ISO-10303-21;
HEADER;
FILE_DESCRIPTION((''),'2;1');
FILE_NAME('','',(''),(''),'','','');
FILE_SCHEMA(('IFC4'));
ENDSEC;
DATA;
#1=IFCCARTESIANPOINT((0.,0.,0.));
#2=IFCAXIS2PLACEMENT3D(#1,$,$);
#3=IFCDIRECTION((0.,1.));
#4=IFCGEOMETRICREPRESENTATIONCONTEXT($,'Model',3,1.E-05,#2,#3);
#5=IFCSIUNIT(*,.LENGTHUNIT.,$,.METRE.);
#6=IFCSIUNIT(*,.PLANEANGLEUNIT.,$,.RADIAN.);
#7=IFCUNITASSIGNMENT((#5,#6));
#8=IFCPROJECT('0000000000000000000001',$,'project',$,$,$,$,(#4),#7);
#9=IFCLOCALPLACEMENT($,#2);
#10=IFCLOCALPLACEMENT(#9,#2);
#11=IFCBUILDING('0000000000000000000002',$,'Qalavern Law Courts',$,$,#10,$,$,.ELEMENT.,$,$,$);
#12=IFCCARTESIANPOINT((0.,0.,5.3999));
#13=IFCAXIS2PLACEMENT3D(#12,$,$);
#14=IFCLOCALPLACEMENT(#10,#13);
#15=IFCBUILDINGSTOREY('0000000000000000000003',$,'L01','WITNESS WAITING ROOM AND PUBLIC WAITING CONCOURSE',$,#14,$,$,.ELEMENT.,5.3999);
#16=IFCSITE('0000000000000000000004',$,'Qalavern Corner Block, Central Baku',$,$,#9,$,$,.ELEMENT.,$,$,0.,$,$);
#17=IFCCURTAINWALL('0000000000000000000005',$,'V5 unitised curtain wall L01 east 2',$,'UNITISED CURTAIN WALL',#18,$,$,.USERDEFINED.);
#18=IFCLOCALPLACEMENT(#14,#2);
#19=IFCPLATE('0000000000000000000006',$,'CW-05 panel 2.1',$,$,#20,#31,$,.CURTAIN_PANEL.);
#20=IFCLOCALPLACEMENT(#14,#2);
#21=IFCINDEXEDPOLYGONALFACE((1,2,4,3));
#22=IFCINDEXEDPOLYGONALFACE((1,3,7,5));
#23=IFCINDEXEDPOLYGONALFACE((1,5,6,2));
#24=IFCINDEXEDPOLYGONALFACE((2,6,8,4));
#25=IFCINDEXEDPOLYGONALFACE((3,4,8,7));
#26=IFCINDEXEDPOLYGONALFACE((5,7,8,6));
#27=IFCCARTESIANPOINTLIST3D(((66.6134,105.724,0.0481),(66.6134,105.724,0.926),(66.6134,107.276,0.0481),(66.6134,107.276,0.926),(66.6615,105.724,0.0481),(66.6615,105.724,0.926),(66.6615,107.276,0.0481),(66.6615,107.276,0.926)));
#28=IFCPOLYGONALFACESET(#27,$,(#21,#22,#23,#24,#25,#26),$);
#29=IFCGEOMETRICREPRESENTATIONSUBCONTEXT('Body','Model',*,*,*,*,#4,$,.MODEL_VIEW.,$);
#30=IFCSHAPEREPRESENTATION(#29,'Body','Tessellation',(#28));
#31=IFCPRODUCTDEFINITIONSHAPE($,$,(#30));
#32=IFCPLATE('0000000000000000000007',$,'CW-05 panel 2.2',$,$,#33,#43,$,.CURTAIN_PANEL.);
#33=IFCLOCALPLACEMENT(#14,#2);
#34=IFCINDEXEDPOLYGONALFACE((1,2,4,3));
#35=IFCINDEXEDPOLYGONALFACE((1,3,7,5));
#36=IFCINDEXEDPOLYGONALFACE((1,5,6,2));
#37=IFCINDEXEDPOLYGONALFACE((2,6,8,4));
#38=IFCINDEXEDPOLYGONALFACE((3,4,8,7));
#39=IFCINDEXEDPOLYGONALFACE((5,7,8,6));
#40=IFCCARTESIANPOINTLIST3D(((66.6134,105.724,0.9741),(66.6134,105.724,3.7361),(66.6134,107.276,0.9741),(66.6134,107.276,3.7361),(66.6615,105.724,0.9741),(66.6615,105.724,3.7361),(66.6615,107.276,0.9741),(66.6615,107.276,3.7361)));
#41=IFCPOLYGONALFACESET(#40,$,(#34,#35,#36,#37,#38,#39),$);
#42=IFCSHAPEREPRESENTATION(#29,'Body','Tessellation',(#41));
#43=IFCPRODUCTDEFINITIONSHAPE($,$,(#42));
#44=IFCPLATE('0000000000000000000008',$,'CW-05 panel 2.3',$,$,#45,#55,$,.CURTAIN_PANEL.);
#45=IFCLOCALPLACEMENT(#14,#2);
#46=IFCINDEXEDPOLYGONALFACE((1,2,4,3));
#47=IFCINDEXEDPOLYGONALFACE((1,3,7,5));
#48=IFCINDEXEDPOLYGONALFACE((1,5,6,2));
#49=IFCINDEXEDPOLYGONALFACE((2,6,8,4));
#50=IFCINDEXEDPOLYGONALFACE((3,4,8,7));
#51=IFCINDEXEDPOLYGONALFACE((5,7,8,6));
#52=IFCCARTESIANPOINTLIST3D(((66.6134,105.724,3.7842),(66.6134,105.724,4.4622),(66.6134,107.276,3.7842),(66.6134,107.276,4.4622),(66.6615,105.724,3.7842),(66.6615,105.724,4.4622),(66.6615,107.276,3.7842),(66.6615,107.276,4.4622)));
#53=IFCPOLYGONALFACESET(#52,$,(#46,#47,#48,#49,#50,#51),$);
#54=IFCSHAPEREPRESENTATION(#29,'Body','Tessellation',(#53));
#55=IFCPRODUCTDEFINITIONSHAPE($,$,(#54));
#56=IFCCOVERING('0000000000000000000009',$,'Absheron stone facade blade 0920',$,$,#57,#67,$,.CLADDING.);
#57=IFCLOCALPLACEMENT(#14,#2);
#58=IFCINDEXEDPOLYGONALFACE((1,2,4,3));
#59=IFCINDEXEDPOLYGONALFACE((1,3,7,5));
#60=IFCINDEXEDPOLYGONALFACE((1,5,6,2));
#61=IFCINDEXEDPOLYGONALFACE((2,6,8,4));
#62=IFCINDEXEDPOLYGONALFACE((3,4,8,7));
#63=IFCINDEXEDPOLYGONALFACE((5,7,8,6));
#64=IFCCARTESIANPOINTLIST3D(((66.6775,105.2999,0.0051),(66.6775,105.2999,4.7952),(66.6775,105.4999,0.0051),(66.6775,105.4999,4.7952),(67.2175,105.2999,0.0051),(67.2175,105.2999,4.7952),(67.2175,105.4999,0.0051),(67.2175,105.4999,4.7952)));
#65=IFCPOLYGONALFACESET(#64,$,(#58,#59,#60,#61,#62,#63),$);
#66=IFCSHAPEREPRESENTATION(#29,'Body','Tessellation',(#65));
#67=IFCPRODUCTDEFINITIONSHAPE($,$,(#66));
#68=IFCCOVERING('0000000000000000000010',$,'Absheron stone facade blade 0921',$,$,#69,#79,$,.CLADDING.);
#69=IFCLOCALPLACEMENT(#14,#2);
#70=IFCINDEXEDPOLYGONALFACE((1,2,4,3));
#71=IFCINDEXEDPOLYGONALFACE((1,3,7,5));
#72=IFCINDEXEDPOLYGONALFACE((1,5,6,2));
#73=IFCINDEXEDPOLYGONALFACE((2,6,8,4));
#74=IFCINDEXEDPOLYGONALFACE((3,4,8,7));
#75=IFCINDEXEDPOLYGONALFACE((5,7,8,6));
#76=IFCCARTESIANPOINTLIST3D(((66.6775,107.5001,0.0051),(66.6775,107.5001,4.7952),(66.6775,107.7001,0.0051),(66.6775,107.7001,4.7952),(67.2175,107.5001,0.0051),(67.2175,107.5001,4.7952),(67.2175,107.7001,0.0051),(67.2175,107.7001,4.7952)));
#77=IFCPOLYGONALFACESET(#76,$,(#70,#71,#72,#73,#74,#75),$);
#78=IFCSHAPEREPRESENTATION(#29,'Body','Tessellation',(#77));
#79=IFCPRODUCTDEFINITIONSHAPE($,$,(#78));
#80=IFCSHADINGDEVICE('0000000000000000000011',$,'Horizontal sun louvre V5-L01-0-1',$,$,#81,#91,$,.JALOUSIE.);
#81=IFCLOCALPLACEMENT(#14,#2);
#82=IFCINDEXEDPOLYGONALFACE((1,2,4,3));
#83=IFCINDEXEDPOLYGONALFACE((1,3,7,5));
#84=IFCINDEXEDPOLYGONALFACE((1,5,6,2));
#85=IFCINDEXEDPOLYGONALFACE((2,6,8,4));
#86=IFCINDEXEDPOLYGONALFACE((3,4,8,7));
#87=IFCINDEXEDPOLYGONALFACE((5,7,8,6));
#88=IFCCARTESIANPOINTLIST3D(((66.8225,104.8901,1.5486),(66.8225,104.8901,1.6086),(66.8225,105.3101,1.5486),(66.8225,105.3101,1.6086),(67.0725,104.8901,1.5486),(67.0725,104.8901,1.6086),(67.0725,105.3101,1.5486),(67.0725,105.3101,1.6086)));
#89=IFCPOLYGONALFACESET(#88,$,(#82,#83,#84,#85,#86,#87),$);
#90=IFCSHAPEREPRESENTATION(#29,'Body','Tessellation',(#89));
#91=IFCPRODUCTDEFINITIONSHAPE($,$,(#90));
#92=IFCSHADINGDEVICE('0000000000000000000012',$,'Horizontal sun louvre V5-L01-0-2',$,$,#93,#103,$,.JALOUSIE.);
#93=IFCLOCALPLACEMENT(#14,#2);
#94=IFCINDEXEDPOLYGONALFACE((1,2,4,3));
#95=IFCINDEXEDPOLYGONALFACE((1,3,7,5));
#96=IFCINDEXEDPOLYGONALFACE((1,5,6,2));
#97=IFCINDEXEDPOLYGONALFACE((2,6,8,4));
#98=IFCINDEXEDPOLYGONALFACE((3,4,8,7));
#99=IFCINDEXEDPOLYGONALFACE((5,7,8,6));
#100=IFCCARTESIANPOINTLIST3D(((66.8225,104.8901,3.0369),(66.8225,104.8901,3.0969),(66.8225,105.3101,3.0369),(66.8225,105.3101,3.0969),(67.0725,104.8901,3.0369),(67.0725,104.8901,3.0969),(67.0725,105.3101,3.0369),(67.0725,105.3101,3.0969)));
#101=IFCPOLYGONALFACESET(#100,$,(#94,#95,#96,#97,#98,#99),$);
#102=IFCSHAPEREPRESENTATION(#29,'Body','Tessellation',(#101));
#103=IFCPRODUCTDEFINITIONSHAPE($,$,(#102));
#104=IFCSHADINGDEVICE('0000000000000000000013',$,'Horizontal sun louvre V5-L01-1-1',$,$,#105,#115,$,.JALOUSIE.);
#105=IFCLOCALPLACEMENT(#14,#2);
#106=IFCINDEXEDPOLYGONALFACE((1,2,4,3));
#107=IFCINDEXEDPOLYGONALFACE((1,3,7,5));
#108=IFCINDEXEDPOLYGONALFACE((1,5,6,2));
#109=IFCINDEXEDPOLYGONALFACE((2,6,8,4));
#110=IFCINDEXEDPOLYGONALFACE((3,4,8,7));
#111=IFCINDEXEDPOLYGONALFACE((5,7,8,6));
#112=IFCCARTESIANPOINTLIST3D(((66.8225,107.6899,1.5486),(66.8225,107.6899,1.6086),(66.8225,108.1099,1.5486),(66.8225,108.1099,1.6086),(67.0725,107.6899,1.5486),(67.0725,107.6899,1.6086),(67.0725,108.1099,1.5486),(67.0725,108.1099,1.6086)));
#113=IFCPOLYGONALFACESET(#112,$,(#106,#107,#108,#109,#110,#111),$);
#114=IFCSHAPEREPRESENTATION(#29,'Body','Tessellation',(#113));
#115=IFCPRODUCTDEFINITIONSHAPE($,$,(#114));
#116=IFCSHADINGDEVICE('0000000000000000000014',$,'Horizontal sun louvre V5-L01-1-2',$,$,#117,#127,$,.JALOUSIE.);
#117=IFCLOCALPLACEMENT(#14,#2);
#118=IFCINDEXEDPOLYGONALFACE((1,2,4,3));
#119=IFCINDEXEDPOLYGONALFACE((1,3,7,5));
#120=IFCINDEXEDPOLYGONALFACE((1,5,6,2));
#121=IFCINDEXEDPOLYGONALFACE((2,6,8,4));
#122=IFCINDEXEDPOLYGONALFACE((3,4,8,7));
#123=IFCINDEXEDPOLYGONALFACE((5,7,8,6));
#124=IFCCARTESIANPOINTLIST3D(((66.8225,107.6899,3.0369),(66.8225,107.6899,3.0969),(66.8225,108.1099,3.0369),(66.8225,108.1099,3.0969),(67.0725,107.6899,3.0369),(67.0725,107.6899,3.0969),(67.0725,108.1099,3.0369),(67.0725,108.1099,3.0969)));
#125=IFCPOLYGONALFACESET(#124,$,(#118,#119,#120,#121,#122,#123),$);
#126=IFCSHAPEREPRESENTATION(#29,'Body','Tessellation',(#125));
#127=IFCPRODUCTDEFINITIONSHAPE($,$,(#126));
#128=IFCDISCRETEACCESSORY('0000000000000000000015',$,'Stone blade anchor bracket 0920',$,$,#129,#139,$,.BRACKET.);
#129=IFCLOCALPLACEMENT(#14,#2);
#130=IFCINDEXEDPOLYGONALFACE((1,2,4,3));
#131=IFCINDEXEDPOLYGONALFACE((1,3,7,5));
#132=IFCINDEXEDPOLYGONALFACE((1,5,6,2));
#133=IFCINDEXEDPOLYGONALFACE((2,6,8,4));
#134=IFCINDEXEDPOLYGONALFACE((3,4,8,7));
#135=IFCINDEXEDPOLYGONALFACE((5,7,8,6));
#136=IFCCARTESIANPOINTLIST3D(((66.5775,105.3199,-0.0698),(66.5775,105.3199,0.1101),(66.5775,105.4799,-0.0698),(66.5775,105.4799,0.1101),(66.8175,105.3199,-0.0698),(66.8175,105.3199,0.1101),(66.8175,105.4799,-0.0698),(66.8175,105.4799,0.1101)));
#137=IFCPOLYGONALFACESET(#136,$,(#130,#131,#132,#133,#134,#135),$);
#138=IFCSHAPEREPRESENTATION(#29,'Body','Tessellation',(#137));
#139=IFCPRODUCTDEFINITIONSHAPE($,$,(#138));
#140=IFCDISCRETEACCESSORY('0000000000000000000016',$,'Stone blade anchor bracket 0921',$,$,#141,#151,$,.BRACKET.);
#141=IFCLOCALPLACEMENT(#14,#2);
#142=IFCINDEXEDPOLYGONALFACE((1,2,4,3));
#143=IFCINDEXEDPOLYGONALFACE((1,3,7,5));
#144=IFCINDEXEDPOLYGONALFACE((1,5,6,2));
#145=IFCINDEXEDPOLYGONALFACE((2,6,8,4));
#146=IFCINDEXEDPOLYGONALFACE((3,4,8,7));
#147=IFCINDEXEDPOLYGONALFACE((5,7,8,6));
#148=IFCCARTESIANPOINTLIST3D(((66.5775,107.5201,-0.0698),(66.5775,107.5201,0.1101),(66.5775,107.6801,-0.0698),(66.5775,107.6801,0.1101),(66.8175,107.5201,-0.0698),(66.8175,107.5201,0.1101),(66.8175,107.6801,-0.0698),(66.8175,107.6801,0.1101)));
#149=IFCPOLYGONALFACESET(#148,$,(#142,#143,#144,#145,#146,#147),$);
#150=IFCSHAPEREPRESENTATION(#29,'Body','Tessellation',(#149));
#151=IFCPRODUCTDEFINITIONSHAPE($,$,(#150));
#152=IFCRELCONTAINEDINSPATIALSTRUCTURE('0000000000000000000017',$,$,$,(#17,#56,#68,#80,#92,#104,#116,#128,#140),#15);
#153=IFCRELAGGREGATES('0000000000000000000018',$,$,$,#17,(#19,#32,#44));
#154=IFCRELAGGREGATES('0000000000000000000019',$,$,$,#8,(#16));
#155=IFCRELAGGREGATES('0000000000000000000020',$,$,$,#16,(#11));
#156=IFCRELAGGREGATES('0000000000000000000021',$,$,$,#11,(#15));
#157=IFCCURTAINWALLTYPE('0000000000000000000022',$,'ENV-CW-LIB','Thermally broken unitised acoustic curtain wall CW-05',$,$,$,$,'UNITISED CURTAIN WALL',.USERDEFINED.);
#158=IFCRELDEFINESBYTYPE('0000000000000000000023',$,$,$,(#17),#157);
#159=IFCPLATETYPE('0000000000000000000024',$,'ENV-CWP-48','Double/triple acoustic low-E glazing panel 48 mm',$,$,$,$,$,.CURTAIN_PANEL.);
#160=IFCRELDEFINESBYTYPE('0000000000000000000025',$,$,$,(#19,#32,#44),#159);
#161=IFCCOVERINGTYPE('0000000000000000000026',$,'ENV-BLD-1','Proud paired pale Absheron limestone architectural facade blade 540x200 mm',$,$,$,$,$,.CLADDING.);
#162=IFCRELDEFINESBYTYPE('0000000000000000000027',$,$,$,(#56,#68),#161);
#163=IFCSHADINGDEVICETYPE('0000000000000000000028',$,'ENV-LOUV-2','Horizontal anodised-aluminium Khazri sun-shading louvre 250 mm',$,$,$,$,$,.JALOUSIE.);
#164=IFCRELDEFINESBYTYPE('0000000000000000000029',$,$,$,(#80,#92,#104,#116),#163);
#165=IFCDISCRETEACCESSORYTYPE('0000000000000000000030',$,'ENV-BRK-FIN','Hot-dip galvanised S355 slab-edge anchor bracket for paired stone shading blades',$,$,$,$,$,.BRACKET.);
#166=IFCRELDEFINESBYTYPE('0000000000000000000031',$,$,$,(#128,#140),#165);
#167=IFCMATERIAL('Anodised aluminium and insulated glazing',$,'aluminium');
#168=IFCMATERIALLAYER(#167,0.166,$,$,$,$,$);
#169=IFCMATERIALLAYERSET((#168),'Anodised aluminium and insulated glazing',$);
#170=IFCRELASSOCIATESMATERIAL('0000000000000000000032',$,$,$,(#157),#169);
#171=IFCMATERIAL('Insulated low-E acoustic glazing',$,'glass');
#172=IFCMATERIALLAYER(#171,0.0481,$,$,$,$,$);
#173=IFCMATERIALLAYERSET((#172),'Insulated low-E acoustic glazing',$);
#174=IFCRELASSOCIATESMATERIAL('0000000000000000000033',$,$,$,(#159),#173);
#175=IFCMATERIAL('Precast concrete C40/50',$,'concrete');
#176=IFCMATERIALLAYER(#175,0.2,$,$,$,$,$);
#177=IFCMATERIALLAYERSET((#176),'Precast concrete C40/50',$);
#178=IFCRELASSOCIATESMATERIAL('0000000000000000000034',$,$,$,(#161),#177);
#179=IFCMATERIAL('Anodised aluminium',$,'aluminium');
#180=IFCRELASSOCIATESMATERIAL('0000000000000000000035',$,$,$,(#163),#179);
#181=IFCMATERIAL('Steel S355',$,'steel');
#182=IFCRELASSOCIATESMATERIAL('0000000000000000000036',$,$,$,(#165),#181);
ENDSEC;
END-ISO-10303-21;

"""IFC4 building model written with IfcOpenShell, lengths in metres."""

from ifc_helpers import new_model, si_unit, direction, frame, origin, origin_2d, place, context, subcontext, project, spatial, rectangle, extrude, material, layer, layer_set, type_object, element, aggregate, save


model = new_model("IFC4")

# Units and contexts
model_context = context("Model", 3, precision=1e-05, world=origin(), true_north=direction((0.0, 1.0)))
body_context = subcontext(model_context, "Body", "Model", "MODEL_VIEW")
ifc_project = project(units=[si_unit("LENGTHUNIT", "METRE"), si_unit("PLANEANGLEUNIT", "RADIAN")], contexts=[model_context])

# Site, building, storey
site_placement = place(None, origin())
site = spatial("IfcSite", under=ifc_project, at=site_placement, Name="Qalavern Corner Block, Central Baku", CompositionType="ELEMENT", RefElevation=0.0)
building_placement = place(site_placement, origin())
building = spatial("IfcBuilding", under=site, at=building_placement, Name="Qalavern Law Courts", CompositionType="ELEMENT")
storey_placement = place(building_placement, frame((0.0, 0.0, 5.3999)))
storey = spatial("IfcBuildingStorey", under=building, at=storey_placement, Name="L01", Description="WITNESS WAITING ROOM AND PUBLIC WAITING CONCOURSE", CompositionType="ELEMENT", Elevation=5.3999)

# Curtain wall, plates
ifc_material_1 = material(Name="Anodised aluminium and insulated glazing", Category="aluminium")
ifc_layer_1 = layer(ifc_material_1, 0.166)
ifc_layer_set_1 = layer_set([ifc_layer_1], Name="Anodised aluminium and insulated glazing")
curtain_wall_type = type_object("IfcCurtainWallType", Name="ENV-CW-LIB", Description="Thermally broken unitised acoustic curtain wall CW-05", ElementType="UNITISED CURTAIN WALL", PredefinedType="USERDEFINED", material=ifc_layer_set_1)
curtain_wall_placement = place(storey_placement, origin())
curtain_wall = element("IfcCurtainWall", 1, at=curtain_wall_placement, inside=storey, type_object=curtain_wall_type, Name="V5 unitised curtain wall L01 east 2", ObjectType="UNITISED CURTAIN WALL", PredefinedType="USERDEFINED")
ifc_material_2 = material(Name="Anodised aluminium", Category="aluminium")
ifc_material_3 = material(Name="Insulated low-E acoustic glazing", Category="glass")
ifc_layer_2 = layer(ifc_material_3, 0.0481)
ifc_layer_set_2 = layer_set([ifc_layer_2], Name="Insulated low-E acoustic glazing")
plate_type = type_object("IfcPlateType", Name="ENV-CWP-48", Description="Double/triple acoustic low-E glazing panel 48 mm", PredefinedType="CURTAIN_PANEL", material=ifc_layer_set_2)
plate_1_placement = place(storey_placement, frame((66.6375, 106.5, 0.0481), z_axis=(0.0, 0.0, 1.0), x_axis=(0.0, 1.0, 0.0)))
plate_1 = element("IfcPlate", 2, at=plate_1_placement, type_object=plate_type, Name="CW-05 panel 2.1", PredefinedType="CURTAIN_PANEL", context=body_context, shape_type="SweptSolid", body=[
    extrude(rectangle(XDim=1.552, YDim=0.0481, at=origin_2d()), origin(), (0.0, 0.0, 1.0), 0.8779),
])
plate_2_placement = place(storey_placement, frame((66.6375, 106.5, 0.9741), z_axis=(0.0, 0.0, 1.0), x_axis=(0.0, 1.0, 0.0)))
plate_2 = element("IfcPlate", 3, at=plate_2_placement, type_object=plate_type, Name="CW-05 panel 2.2", PredefinedType="CURTAIN_PANEL", context=body_context, shape_type="SweptSolid", body=[
    extrude(rectangle(XDim=1.552, YDim=0.0481, at=origin_2d()), origin(), (0.0, 0.0, 1.0), 2.762),
])
plate_3_placement = place(storey_placement, frame((66.6375, 106.5, 3.7842), z_axis=(0.0, 0.0, 1.0), x_axis=(0.0, 1.0, 0.0)))
plate_3 = element("IfcPlate", 4, at=plate_3_placement, type_object=plate_type, Name="CW-05 panel 2.3", PredefinedType="CURTAIN_PANEL", context=body_context, shape_type="SweptSolid", body=[
    extrude(rectangle(XDim=1.552, YDim=0.0481, at=origin_2d()), origin(), (0.0, 0.0, 1.0), 0.678),
])
aggregate(curtain_wall, [plate_1, plate_2, plate_3])

# Coverings
ifc_material_4 = material(Name="Precast concrete C40/50", Category="concrete")
ifc_layer_3 = layer(ifc_material_4, 0.2)
ifc_layer_set_3 = layer_set([ifc_layer_3], Name="Precast concrete C40/50")
covering_type = type_object("IfcCoveringType", Name="ENV-BLD-1", Description="Proud paired pale Absheron limestone architectural facade blade 540x200 mm", PredefinedType="CLADDING", material=ifc_layer_set_3)
for number, where, z_axis, x_axis, name in (
    (5, (66.9475, 105.3999, 0.0051), (0.0, 0.0, 1.0), (1.0, 0.0, 0.0), "Absheron stone facade blade 0920"),
    (6, (66.9475, 107.6001, 0.0051), (0.0, 0.0, 1.0), (1.0, 0.0, 0.0), "Absheron stone facade blade 0921"),
):
    element("IfcCovering", number, at=place(storey_placement, frame(where, z_axis=z_axis, x_axis=x_axis)), inside=storey, type_object=covering_type, Name=name, PredefinedType="CLADDING", context=body_context, shape_type="SweptSolid", body=[
        extrude(rectangle(XDim=0.54, YDim=0.2, at=origin_2d()), origin(), (0.0, 0.0, 1.0), 4.79),
    ])

# Shading devices
shading_device_type = type_object("IfcShadingDeviceType", Name="ENV-LOUV-2", Description="Horizontal anodised-aluminium Khazri sun-shading louvre 250 mm", PredefinedType="JALOUSIE", material=ifc_material_2)
for number, where, z_axis, x_axis, name in (
    (7, (66.9475, 105.1001, 1.5486), (0.0, 0.0, 1.0), (0.0, 1.0, 0.0), "Horizontal sun louvre V5-L01-0-1"),
    (8, (66.9475, 105.1001, 3.0369), (0.0, 0.0, 1.0), (0.0, 1.0, 0.0), "Horizontal sun louvre V5-L01-0-2"),
    (9, (66.9475, 107.8999, 1.5486), (0.0, 0.0, 1.0), (0.0, 1.0, 0.0), "Horizontal sun louvre V5-L01-1-1"),
    (10, (66.9475, 107.8999, 3.0369), (0.0, 0.0, 1.0), (0.0, 1.0, 0.0), "Horizontal sun louvre V5-L01-1-2"),
):
    element("IfcShadingDevice", number, at=place(storey_placement, frame(where, z_axis=z_axis, x_axis=x_axis)), inside=storey, type_object=shading_device_type, Name=name, PredefinedType="JALOUSIE", context=body_context, shape_type="SweptSolid", body=[
        extrude(rectangle(XDim=0.4199, YDim=0.25, at=origin_2d()), origin(), (0.0, 0.0, 1.0), 0.0601),
    ])

# Discrete accessories
ifc_material_5 = material(Name="Steel S355", Category="steel")
discrete_accessory_type = type_object("IfcDiscreteAccessoryType", Name="ENV-BRK-FIN", Description="Hot-dip galvanised S355 slab-edge anchor bracket for paired stone shading blades", PredefinedType="BRACKET", material=ifc_material_5)
for number, where, z_axis, x_axis, name in (
    (11, (66.6975, 105.3999, -0.0698), (0.0, 0.0, 1.0), (1.0, 0.0, 0.0), "Stone blade anchor bracket 0920"),
    (12, (66.6975, 107.6001, -0.0698), (0.0, 0.0, 1.0), (1.0, 0.0, 0.0), "Stone blade anchor bracket 0921"),
):
    element("IfcDiscreteAccessory", number, at=place(storey_placement, frame(where, z_axis=z_axis, x_axis=x_axis)), inside=storey, type_object=discrete_accessory_type, Name=name, PredefinedType="BRACKET", context=body_context, shape_type="SweptSolid", body=[
        extrude(rectangle(XDim=0.24, YDim=0.1599, at=origin_2d()), origin(), (0.0, 0.0, 1.0), 0.1799),
    ])

save(model, "model.ifc")
